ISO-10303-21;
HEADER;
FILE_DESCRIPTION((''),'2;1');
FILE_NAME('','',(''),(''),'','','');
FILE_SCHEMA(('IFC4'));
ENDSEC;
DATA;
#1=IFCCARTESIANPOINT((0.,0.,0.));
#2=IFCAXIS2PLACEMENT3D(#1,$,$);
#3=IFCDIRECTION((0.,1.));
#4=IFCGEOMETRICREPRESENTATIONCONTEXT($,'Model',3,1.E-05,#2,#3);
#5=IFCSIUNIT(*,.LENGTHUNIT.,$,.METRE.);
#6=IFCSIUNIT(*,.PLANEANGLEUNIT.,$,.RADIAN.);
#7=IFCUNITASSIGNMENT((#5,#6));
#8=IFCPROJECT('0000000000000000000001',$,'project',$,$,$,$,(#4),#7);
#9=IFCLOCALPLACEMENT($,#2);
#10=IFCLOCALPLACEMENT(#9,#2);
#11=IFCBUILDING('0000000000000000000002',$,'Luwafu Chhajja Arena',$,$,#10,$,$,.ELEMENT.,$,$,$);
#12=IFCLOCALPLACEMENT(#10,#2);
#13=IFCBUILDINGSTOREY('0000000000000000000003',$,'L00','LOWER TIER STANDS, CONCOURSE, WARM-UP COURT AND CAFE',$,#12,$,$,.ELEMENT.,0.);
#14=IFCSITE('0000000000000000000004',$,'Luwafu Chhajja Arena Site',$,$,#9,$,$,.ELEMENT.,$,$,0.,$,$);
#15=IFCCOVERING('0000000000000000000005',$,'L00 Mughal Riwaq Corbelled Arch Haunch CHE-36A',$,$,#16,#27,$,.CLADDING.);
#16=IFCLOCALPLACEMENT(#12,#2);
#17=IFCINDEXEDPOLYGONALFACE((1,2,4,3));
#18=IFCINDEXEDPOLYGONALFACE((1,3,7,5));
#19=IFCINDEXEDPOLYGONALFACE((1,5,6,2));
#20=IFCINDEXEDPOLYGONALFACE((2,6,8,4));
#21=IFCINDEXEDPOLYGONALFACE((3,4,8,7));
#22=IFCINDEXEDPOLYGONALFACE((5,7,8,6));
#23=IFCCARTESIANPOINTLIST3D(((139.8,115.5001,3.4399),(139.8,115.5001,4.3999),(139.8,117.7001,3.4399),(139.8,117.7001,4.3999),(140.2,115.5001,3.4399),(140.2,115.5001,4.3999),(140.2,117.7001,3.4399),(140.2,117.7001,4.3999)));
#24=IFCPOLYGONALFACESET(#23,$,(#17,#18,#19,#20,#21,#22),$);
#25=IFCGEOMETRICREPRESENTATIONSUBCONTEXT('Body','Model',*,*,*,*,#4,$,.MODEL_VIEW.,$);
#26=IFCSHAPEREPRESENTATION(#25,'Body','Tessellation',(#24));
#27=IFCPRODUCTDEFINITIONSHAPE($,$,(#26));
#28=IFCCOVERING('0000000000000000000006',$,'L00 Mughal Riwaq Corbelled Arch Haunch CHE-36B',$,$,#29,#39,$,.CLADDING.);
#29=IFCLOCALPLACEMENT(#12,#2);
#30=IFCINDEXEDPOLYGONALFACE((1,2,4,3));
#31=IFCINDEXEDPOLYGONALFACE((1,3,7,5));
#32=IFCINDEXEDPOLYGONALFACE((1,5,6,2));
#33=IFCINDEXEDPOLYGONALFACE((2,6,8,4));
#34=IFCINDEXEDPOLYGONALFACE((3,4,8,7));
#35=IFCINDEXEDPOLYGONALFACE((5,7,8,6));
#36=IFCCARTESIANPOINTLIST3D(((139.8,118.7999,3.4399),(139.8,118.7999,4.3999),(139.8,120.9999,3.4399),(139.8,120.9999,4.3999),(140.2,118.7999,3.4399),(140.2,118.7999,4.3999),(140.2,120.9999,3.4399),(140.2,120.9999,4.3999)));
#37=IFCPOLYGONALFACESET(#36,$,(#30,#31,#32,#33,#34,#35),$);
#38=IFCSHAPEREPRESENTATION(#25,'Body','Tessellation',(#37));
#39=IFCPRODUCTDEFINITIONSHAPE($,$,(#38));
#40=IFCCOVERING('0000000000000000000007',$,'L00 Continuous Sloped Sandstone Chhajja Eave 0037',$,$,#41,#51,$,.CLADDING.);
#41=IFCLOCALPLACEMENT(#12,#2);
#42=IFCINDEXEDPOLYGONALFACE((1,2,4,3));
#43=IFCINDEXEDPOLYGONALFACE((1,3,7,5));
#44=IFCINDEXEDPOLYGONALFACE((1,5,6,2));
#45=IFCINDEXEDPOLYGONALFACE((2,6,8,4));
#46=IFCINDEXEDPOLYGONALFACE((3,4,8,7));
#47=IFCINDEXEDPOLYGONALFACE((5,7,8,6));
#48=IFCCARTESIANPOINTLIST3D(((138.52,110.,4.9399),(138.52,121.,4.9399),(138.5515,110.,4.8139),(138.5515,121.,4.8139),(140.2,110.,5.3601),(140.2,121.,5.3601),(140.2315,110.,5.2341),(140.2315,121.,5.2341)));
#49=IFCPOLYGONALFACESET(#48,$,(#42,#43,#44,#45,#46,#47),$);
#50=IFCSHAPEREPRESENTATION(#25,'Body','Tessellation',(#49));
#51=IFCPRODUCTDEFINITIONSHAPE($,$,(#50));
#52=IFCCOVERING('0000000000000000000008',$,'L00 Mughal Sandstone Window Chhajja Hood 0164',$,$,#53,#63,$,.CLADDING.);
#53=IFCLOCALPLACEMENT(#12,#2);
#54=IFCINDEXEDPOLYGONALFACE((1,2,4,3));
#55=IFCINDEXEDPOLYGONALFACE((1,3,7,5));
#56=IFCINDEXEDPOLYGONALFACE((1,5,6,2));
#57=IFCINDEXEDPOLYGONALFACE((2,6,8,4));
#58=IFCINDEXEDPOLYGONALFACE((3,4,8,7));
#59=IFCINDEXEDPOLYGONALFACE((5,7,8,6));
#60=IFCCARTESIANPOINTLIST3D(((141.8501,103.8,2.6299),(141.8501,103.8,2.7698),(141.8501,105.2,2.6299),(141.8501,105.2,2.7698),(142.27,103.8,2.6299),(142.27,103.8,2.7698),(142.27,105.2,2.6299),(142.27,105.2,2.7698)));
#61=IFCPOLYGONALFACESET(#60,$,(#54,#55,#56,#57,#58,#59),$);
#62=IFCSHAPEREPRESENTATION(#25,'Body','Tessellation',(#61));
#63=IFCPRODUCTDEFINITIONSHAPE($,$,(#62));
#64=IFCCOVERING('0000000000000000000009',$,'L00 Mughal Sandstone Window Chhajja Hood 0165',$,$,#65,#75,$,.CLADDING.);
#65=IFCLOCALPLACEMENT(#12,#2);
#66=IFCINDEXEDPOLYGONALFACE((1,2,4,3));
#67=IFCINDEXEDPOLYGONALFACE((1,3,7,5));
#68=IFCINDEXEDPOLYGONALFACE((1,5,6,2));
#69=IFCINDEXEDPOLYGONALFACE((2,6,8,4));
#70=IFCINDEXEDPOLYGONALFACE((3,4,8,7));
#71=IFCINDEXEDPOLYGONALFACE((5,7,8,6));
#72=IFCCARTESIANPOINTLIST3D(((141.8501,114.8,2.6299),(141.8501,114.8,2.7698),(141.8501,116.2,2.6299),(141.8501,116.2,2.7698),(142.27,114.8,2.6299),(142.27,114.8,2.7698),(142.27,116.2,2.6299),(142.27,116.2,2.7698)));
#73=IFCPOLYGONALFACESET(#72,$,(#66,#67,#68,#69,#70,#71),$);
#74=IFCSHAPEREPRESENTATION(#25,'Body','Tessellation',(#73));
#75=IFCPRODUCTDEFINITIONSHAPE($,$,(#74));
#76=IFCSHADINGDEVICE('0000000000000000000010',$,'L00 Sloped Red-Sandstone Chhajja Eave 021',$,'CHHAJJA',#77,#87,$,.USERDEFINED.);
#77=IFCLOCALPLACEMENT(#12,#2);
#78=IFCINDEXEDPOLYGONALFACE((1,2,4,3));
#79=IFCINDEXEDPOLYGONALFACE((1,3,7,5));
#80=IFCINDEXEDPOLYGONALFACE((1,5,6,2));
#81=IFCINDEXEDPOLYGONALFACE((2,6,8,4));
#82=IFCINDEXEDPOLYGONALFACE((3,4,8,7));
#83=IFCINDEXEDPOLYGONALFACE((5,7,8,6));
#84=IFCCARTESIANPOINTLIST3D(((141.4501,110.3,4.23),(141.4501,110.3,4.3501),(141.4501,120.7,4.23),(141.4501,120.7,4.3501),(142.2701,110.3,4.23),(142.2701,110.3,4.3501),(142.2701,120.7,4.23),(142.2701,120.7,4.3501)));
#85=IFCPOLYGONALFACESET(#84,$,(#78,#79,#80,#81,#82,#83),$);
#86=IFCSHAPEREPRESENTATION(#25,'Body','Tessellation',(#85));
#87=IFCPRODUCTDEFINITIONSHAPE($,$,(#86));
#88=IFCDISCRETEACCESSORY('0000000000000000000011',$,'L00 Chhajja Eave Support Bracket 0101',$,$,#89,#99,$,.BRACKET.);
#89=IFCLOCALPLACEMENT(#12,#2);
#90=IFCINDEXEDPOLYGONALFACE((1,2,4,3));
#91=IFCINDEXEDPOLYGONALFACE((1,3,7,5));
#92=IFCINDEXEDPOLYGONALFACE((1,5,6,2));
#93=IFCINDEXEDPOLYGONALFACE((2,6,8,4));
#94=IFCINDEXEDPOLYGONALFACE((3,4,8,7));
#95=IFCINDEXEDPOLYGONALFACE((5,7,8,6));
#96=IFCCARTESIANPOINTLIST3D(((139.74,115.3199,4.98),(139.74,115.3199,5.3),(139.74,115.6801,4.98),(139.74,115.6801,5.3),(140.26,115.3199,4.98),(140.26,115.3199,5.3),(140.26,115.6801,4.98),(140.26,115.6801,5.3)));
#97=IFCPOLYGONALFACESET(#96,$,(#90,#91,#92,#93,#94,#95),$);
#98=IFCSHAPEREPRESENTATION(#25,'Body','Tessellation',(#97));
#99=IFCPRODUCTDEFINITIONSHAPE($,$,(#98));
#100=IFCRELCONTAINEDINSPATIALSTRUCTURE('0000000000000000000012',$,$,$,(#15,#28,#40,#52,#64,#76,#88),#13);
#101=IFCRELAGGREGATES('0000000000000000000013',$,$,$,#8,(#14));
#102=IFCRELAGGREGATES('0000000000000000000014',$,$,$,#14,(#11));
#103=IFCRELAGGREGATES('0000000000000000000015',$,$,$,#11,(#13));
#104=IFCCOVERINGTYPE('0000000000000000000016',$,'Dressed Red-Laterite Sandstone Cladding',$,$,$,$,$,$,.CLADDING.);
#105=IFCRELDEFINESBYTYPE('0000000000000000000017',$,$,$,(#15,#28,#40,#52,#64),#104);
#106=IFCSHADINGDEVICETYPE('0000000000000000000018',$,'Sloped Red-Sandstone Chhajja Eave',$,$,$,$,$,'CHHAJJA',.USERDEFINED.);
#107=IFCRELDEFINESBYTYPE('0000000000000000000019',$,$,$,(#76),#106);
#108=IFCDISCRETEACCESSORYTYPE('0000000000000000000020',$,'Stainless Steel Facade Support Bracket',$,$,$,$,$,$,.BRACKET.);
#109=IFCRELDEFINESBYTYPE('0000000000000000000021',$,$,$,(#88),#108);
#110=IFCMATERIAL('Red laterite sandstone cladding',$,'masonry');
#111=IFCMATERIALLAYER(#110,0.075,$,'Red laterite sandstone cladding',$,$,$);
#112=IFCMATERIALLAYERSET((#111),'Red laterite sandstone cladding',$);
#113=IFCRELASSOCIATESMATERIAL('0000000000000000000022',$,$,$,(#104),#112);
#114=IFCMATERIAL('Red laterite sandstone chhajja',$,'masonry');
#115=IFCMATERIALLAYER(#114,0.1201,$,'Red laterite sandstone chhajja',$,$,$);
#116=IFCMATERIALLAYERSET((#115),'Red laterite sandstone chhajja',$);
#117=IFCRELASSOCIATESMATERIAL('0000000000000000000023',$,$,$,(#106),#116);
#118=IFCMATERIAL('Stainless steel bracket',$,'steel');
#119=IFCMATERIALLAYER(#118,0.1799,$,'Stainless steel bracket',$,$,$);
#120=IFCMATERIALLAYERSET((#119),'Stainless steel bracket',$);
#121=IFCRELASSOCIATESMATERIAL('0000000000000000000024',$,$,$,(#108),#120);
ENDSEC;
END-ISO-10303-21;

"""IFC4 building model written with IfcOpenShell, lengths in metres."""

from ifc_helpers import new_model, si_unit, direction, frame, origin, origin_2d, place, context, subcontext, project, spatial, polyline, rectangle, outline, extrude, material, layer, layer_set, type_object, element, save


model = new_model("IFC4")

# Units and contexts
model_context = context("Model", 3, precision=1e-05, world=origin(), true_north=direction((0.0, 1.0)))
body_context = subcontext(model_context, "Body", "Model", "MODEL_VIEW")
ifc_project = project(units=[si_unit("LENGTHUNIT", "METRE"), si_unit("PLANEANGLEUNIT", "RADIAN")], contexts=[model_context])

# Site, building, storey
site_placement = place(None, origin())
site = spatial("IfcSite", under=ifc_project, at=site_placement, Name="Luwafu Chhajja Arena Site", CompositionType="ELEMENT", RefElevation=0.0)
building_placement = place(site_placement, origin())
building = spatial("IfcBuilding", under=site, at=building_placement, Name="Luwafu Chhajja Arena", CompositionType="ELEMENT")
storey_placement = place(building_placement, origin())
storey = spatial("IfcBuildingStorey", under=building, at=storey_placement, Name="L00", Description="LOWER TIER STANDS, CONCOURSE, WARM-UP COURT AND CAFE", CompositionType="ELEMENT", Elevation=0.0)

# Coverings
ifc_material_1 = material(Name="Red laterite sandstone cladding", Category="masonry")
ifc_layer_1 = layer(ifc_material_1, 0.075, Name="Red laterite sandstone cladding")
ifc_layer_set_1 = layer_set([ifc_layer_1], Name="Red laterite sandstone cladding")
covering_type = type_object("IfcCoveringType", Name="Dressed Red-Laterite Sandstone Cladding", PredefinedType="CLADDING", material=ifc_layer_set_1)
for number, where, z_axis, x_axis, name in (
    (1, (140.0, 116.6001, 3.4399), (0.0, 0.0, 1.0), (0.0, 1.0, 0.0), "L00 Mughal Riwaq Corbelled Arch Haunch CHE-36A"),
    (2, (140.0, 119.8999, 3.4399), (0.0, 0.0, 1.0), (0.0, 1.0, 0.0), "L00 Mughal Riwaq Corbelled Arch Haunch CHE-36B"),
):
    element("IfcCovering", number, at=place(storey_placement, frame(where, z_axis=z_axis, x_axis=x_axis)), inside=storey, type_object=covering_type, Name=name, PredefinedType="CLADDING", context=body_context, shape_type="SweptSolid", body=[
        extrude(rectangle(XDim=2.2, YDim=0.3999, at=origin_2d()), origin(), (0.0, 0.0, 1.0), 0.96),
    ])
covering_1_placement = place(storey_placement, frame((140.2, 110.0, 5.3601), z_axis=(-0.242635, 0.0, 0.970118), x_axis=(0.0, 1.0, 0.0)))
element("IfcCovering", 3, at=covering_1_placement, inside=storey, type_object=covering_type, Name="L00 Continuous Sloped Sandstone Chhajja Eave 0037", PredefinedType="CLADDING", context=body_context, shape_type="SweptSolid", body=[
    extrude(outline(polyline([(0.0, 0.0), (11.0, 0.0), (11.0, 1.7317), (0.0, 1.7317), (0.0, 0.0)])), origin(), (0.0, 0.0, -1.0), 0.1299),
])
for number, where, z_axis, x_axis, name in (
    (4, (142.0601, 104.5, 2.6299), (0.0, 0.0, 1.0), (0.0, 1.0, 0.0), "L00 Mughal Sandstone Window Chhajja Hood 0164"),
    (5, (142.0601, 115.5, 2.6299), (0.0, 0.0, 1.0), (0.0, 1.0, 0.0), "L00 Mughal Sandstone Window Chhajja Hood 0165"),
):
    element("IfcCovering", number, at=place(storey_placement, frame(where, z_axis=z_axis, x_axis=x_axis)), inside=storey, type_object=covering_type, Name=name, PredefinedType="CLADDING", context=body_context, shape_type="SweptSolid", body=[
        extrude(rectangle(XDim=1.3999, YDim=0.4199, at=origin_2d()), origin(), (0.0, 0.0, 1.0), 0.1399),
    ])

# Shading device
ifc_material_2 = material(Name="Red laterite sandstone chhajja", Category="masonry")
ifc_layer_2 = layer(ifc_material_2, 0.1201, Name="Red laterite sandstone chhajja")
ifc_layer_set_2 = layer_set([ifc_layer_2], Name="Red laterite sandstone chhajja")
shading_device_type = type_object("IfcShadingDeviceType", Name="Sloped Red-Sandstone Chhajja Eave", ElementType="CHHAJJA", PredefinedType="USERDEFINED", material=ifc_layer_set_2)
shading_device_placement = place(storey_placement, frame((141.8601, 115.5, 4.23), z_axis=(0.0, 0.0, 1.0), x_axis=(0.0, 1.0, 0.0)))
element("IfcShadingDevice", 6, at=shading_device_placement, inside=storey, type_object=shading_device_type, Name="L00 Sloped Red-Sandstone Chhajja Eave 021", ObjectType="CHHAJJA", PredefinedType="USERDEFINED", context=body_context, shape_type="SweptSolid", body=[
    extrude(rectangle(XDim=10.3999, YDim=0.8201, at=origin_2d()), origin(), (0.0, 0.0, 1.0), 0.1201),
])

# Discrete accessory
ifc_material_3 = material(Name="Stainless steel bracket", Category="steel")
ifc_layer_3 = layer(ifc_material_3, 0.1799, Name="Stainless steel bracket")
ifc_layer_set_3 = layer_set([ifc_layer_3], Name="Stainless steel bracket")
discrete_accessory_type = type_object("IfcDiscreteAccessoryType", Name="Stainless Steel Facade Support Bracket", PredefinedType="BRACKET", material=ifc_layer_set_3)
discrete_accessory_placement = place(storey_placement, frame((140.0, 115.5, 4.98), z_axis=(0.0, 0.0, 1.0), x_axis=(0.0, 1.0, 0.0)))
element("IfcDiscreteAccessory", 7, at=discrete_accessory_placement, inside=storey, type_object=discrete_accessory_type, Name="L00 Chhajja Eave Support Bracket 0101", PredefinedType="BRACKET", context=body_context, shape_type="SweptSolid", body=[
    extrude(rectangle(XDim=0.3601, YDim=0.52, at=origin_2d()), origin(), (0.0, 0.0, 1.0), 0.3201),
])

save(model, "model.ifc")
